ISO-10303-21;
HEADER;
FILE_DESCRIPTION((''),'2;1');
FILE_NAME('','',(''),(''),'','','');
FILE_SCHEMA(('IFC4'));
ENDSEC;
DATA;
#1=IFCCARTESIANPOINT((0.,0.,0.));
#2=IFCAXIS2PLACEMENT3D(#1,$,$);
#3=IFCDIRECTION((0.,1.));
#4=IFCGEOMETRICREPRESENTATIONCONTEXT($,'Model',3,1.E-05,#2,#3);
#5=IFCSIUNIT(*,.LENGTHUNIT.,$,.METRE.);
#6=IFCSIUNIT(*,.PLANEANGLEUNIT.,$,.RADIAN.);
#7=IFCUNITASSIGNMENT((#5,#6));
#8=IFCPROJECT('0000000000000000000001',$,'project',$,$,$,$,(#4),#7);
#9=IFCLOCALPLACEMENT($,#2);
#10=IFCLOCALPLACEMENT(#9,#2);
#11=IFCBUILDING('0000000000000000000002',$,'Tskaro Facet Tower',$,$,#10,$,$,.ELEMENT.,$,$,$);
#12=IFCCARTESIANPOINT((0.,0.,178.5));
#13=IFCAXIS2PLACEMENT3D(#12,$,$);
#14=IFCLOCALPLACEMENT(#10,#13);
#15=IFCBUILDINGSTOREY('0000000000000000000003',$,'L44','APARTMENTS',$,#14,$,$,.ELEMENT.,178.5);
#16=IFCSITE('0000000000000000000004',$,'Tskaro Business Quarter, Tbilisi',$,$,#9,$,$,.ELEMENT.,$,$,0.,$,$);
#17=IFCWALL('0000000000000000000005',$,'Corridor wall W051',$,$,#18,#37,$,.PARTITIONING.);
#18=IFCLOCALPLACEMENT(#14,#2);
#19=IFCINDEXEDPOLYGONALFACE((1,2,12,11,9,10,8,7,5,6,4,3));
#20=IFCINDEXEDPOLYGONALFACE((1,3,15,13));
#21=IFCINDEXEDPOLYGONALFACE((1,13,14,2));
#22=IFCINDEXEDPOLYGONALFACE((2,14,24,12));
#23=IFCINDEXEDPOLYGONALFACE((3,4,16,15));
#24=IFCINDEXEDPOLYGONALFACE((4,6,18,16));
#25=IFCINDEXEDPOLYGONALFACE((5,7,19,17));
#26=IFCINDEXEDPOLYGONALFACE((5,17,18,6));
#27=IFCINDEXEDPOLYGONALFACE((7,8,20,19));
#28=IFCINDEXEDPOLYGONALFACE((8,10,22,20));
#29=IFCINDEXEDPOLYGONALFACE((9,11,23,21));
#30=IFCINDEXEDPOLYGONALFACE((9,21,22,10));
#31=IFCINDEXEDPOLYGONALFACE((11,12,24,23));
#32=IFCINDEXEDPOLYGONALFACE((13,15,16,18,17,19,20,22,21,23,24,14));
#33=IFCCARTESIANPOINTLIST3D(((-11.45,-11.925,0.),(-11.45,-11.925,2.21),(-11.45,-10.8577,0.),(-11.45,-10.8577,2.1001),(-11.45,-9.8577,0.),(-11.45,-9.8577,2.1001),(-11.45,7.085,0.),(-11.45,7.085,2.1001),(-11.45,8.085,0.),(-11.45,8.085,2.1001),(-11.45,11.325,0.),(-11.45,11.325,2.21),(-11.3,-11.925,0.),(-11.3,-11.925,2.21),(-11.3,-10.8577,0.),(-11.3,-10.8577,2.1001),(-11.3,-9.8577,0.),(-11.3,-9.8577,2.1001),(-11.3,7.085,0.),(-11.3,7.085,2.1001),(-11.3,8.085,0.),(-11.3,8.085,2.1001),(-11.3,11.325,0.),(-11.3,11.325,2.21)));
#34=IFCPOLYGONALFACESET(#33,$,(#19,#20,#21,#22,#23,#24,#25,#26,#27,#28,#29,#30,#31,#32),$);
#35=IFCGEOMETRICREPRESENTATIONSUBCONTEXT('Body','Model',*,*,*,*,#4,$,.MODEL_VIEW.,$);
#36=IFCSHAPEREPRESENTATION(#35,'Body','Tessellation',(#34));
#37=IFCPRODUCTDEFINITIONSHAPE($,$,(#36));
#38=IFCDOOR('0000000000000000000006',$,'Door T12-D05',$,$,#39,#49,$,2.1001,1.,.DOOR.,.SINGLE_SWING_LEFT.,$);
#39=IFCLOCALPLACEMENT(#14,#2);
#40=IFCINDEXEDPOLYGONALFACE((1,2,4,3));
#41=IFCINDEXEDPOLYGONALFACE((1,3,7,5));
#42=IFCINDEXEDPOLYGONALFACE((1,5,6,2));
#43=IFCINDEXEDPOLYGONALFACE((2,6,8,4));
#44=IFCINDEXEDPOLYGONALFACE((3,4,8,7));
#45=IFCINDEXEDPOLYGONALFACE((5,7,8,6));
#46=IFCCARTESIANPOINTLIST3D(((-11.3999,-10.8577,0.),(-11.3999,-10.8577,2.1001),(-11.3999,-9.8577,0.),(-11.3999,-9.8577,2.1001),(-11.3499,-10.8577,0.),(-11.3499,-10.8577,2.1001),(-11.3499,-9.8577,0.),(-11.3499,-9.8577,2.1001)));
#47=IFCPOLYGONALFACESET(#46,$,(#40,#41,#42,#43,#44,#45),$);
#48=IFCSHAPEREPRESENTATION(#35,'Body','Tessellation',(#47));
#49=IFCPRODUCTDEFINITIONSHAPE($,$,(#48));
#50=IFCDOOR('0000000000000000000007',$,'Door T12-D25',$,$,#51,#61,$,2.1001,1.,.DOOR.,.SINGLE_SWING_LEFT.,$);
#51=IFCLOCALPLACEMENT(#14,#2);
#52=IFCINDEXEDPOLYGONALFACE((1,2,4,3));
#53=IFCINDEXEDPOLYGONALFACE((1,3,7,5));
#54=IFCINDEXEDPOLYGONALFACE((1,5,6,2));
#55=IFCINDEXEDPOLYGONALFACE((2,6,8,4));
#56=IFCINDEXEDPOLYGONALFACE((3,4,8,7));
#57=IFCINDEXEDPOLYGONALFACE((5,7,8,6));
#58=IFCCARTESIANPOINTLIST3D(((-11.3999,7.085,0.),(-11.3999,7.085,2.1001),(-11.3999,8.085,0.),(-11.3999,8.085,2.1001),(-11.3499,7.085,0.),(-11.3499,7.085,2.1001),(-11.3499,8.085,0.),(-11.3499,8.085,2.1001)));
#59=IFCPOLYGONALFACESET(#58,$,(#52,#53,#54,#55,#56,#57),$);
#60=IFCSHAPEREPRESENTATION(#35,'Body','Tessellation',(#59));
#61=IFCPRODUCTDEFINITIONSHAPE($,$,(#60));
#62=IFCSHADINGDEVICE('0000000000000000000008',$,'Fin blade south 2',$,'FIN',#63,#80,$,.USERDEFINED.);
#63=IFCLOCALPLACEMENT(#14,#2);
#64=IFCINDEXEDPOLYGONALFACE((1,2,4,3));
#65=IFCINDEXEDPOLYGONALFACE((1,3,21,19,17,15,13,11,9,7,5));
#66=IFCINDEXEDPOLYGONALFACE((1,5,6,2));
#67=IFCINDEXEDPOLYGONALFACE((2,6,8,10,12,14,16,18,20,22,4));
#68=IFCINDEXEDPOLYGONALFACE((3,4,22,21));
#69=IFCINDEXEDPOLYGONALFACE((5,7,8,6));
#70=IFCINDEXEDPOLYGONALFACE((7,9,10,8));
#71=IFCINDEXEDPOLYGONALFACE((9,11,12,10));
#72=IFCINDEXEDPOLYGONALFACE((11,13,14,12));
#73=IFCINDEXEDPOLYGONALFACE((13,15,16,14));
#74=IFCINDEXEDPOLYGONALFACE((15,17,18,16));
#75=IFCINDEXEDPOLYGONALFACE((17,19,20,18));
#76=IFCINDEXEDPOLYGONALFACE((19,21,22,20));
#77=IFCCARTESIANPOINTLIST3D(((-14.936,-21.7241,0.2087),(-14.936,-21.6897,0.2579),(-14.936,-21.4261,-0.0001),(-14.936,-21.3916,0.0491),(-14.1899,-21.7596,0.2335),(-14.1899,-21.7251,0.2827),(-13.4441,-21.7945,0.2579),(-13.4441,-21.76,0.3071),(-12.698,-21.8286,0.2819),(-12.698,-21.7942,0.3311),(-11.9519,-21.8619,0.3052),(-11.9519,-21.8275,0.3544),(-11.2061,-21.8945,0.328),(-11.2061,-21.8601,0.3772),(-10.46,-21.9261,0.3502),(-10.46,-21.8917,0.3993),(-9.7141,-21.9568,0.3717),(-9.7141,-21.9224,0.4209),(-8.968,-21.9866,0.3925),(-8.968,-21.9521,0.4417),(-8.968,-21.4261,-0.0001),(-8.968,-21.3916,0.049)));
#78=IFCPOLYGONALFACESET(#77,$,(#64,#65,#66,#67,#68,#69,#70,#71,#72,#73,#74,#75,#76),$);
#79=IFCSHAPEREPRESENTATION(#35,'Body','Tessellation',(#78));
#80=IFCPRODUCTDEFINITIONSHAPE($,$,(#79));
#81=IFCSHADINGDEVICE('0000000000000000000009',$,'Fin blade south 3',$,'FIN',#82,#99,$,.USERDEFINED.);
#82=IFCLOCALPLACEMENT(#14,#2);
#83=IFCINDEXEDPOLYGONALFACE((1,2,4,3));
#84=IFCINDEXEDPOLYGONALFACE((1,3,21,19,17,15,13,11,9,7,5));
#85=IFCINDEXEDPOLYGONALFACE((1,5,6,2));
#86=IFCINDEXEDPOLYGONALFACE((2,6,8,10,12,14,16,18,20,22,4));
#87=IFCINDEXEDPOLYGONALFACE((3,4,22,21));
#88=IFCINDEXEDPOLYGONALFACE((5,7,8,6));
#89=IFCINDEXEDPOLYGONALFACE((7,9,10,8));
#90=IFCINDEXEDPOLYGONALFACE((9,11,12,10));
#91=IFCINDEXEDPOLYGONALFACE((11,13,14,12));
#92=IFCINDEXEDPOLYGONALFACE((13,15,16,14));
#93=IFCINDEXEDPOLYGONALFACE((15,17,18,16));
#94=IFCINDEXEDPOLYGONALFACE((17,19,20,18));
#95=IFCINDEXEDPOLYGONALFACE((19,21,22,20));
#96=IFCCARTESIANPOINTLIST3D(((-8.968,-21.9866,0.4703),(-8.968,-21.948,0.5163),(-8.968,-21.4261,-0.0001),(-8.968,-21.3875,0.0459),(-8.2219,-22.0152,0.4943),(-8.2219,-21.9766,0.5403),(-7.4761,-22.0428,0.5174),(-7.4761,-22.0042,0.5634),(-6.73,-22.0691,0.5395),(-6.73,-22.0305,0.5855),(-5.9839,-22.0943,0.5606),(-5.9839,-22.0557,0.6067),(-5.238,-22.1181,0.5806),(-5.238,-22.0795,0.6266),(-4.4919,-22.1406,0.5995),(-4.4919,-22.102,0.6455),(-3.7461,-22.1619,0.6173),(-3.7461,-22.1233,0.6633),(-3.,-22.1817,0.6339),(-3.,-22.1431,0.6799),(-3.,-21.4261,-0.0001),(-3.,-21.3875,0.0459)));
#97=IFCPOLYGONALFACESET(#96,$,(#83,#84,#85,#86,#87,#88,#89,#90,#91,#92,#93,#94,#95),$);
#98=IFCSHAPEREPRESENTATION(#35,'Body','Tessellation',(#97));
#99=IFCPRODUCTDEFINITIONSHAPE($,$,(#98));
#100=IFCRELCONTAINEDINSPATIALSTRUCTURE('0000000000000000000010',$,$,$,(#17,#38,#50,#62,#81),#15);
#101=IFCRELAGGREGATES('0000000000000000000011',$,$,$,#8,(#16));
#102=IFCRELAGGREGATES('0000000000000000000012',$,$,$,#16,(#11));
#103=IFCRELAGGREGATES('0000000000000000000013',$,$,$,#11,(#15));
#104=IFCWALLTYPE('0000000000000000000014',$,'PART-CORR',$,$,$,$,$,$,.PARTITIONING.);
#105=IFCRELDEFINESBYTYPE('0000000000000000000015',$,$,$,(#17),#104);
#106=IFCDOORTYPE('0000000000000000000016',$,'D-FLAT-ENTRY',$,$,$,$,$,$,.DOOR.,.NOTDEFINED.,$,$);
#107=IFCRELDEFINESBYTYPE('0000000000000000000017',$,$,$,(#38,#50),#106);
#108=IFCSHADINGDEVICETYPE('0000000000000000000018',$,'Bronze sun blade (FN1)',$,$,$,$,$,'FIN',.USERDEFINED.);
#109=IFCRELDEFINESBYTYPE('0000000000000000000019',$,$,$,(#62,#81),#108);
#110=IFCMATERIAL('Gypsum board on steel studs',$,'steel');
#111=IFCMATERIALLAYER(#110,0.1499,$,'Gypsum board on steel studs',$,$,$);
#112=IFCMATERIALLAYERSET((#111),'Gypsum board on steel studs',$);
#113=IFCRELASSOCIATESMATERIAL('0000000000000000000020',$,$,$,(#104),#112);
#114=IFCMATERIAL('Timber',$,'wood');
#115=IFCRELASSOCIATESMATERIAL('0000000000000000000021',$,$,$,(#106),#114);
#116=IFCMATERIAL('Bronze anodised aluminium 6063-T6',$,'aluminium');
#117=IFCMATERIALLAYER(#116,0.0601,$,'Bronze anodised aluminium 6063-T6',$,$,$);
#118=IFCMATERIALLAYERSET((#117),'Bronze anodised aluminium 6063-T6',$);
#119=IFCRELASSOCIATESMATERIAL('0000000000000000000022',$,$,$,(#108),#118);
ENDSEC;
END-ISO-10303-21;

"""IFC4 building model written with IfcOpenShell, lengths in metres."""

from ifc_helpers import new_model, si_unit, direction, frame, frame_2d, origin, place, context, subcontext, project, spatial, polyline, rectangle, outline, extrude, material, layer, layer_set, type_object, element, fill, save


model = new_model("IFC4")

# Units and contexts
model_context = context("Model", 3, precision=1e-05, world=origin(), true_north=direction((0.0, 1.0)))
body_context = subcontext(model_context, "Body", "Model", "MODEL_VIEW")
ifc_project = project(units=[si_unit("LENGTHUNIT", "METRE"), si_unit("PLANEANGLEUNIT", "RADIAN")], contexts=[model_context])

# Site, building, storey
site_placement = place(None, origin())
site = spatial("IfcSite", under=ifc_project, at=site_placement, Name="Tskaro Business Quarter, Tbilisi", CompositionType="ELEMENT", RefElevation=0.0)
building_placement = place(site_placement, origin())
building = spatial("IfcBuilding", under=site, at=building_placement, Name="Tskaro Facet Tower", CompositionType="ELEMENT")
storey_placement = place(building_placement, frame((0.0, 0.0, 178.5)))
storey = spatial("IfcBuildingStorey", under=building, at=storey_placement, Name="L44", Description="APARTMENTS", CompositionType="ELEMENT", Elevation=178.5)

# Shared definitions
ifc_material_1 = material(Name="Bronze anodised aluminium 6063-T6", Category="aluminium")

# Shared definitions
ifc_material_2 = material(Name="Gypsum board on steel studs", Category="steel")
ifc_material_3 = material(Name="Timber", Category="wood")

# Shared definitions
ifc_layer_1 = layer(ifc_material_2, 0.1499, Name="Gypsum board on steel studs")
ifc_layer_set_1 = layer_set([ifc_layer_1], Name="Gypsum board on steel studs")
wall_type_1 = type_object("IfcWallType", Name="PART-CORR", PredefinedType="PARTITIONING", material=ifc_layer_set_1)

# Wall, openings, doors
wall_1_placement = place(storey_placement, frame((-11.375, -11.925, 0.0), z_axis=(0.0, 0.0, 1.0), x_axis=(0.0, 1.0, 0.0)))
wall_1 = element("IfcWall", 1, at=wall_1_placement, inside=storey, type_object=wall_type_1, Name="Corridor wall W051", PredefinedType="PARTITIONING", context=body_context, shape_type="SweptSolid", body=[
    extrude(rectangle(XDim=23.25, YDim=0.1499, at=frame_2d((11.625, 0.0))), origin(), (0.0, 0.0, 1.0), 2.21),
])
opening_1_placement = place(wall_1_placement, frame((1.0674, 0.0, 0.0)))
opening_1 = element("IfcOpeningElement", 2, at=opening_1_placement, cuts=wall_1, PredefinedType="OPENING", context=body_context, shape_type="SweptSolid", body=[
    extrude(rectangle(XDim=1.0, YDim=2.1001, at=frame_2d((0.5, 1.05))), frame((0.0, 0.085, 0.0), z_axis=(0.0, -1.0, 0.0), x_axis=(1.0, 0.0, 0.0)), (0.0, 0.0, 1.0), 0.1699),
])
opening_2_placement = place(wall_1_placement, frame((19.01, 0.0, 0.0)))
opening_2 = element("IfcOpeningElement", 3, at=opening_2_placement, cuts=wall_1, PredefinedType="OPENING", context=body_context, shape_type="SweptSolid", body=[
    extrude(rectangle(XDim=1.0, YDim=2.1001, at=frame_2d((0.5, 1.05))), frame((0.0, 0.085, 0.0), z_axis=(0.0, -1.0, 0.0), x_axis=(1.0, 0.0, 0.0)), (0.0, 0.0, 1.0), 0.1699),
])
door_type_1 = type_object("IfcDoorType", Name="D-FLAT-ENTRY", OperationType="NOTDEFINED", PredefinedType="DOOR", material=ifc_material_3)
door_1_placement = place(opening_1_placement, origin())
door_1 = element("IfcDoor", 4, at=door_1_placement, inside=storey, type_object=door_type_1, Name="Door T12-D05", OperationType="SINGLE_SWING_LEFT", OverallHeight=2.1001, OverallWidth=1.0, PredefinedType="DOOR", context=body_context, shape_type="SweptSolid", body=[
    extrude(rectangle(XDim=1.0, YDim=2.1001, at=frame_2d((0.5, 1.05))), frame((0.0, 0.0249, 0.0), z_axis=(0.0, -1.0, 0.0), x_axis=(1.0, 0.0, 0.0)), (0.0, 0.0, 1.0), 0.05),
])
fill(opening_1, door_1)
door_2_placement = place(opening_2_placement, origin())
door_2 = element("IfcDoor", 5, at=door_2_placement, inside=storey, type_object=door_type_1, Name="Door T12-D25", OperationType="SINGLE_SWING_LEFT", OverallHeight=2.1001, OverallWidth=1.0, PredefinedType="DOOR", context=body_context, shape_type="SweptSolid", body=[
    extrude(rectangle(XDim=1.0, YDim=2.1001, at=frame_2d((0.5, 1.05))), frame((0.0, 0.0249, 0.0), z_axis=(0.0, -1.0, 0.0), x_axis=(1.0, 0.0, 0.0)), (0.0, 0.0, 1.0), 0.05),
])
fill(opening_2, door_2)

# Shading devices
ifc_layer_2 = layer(ifc_material_1, 0.0601, Name="Bronze anodised aluminium 6063-T6")
ifc_layer_set_2 = layer_set([ifc_layer_2], Name="Bronze anodised aluminium 6063-T6")
shading_device_type = type_object("IfcShadingDeviceType", Name="Bronze sun blade (FN1)", ElementType="FIN", PredefinedType="USERDEFINED", material=ifc_layer_set_2)
shading_device_1_placement = place(storey_placement, frame((-14.936, -21.3916, 0.0491), z_axis=(0.000005, 0.573754, 0.819027), x_axis=(1.0, -0.000003, -0.000004)))
element("IfcShadingDevice", 6, at=shading_device_1_placement, inside=storey, type_object=shading_device_type, Name="Fin blade south 2", ObjectType="FIN", PredefinedType="USERDEFINED", context=body_context, shape_type="SweptSolid", body=[
    extrude(outline(polyline([(0.0, 0.0), (5.968, 0.0), (5.968, -0.6843), (5.2219, -0.648), (4.4761, -0.6105), (3.73, -0.572), (2.9841, -0.5322), (2.238, -0.4915), (1.4919, -0.4498), (0.7461, -0.4072), (0.0, -0.3639), (0.0, 0.0)])), origin(), (0.0, 0.0, -1.0), 0.0601),
])
shading_device_2_placement = place(storey_placement, frame((-8.968, -21.3875, 0.0459), z_axis=(0.000008, 0.642829, 0.76601), x_axis=(1.0, -0.000005, -0.000006)))
element("IfcShadingDevice", 7, at=shading_device_2_placement, inside=storey, type_object=shading_device_type, Name="Fin blade south 3", ObjectType="FIN", PredefinedType="USERDEFINED", context=body_context, shape_type="SweptSolid", body=[
    extrude(outline(polyline([(0.0, 0.0), (5.968, 0.0), (5.968, -0.9864), (5.2219, -0.9606), (4.4761, -0.9328), (3.73, -0.9034), (2.9841, -0.8724), (2.238, -0.8394), (1.4919, -0.8051), (0.7461, -0.7691), (0.0, -0.7318), (0.0, 0.0)])), origin(), (0.0, 0.0, -1.0), 0.0601),
])

save(model, "model.ifc")
